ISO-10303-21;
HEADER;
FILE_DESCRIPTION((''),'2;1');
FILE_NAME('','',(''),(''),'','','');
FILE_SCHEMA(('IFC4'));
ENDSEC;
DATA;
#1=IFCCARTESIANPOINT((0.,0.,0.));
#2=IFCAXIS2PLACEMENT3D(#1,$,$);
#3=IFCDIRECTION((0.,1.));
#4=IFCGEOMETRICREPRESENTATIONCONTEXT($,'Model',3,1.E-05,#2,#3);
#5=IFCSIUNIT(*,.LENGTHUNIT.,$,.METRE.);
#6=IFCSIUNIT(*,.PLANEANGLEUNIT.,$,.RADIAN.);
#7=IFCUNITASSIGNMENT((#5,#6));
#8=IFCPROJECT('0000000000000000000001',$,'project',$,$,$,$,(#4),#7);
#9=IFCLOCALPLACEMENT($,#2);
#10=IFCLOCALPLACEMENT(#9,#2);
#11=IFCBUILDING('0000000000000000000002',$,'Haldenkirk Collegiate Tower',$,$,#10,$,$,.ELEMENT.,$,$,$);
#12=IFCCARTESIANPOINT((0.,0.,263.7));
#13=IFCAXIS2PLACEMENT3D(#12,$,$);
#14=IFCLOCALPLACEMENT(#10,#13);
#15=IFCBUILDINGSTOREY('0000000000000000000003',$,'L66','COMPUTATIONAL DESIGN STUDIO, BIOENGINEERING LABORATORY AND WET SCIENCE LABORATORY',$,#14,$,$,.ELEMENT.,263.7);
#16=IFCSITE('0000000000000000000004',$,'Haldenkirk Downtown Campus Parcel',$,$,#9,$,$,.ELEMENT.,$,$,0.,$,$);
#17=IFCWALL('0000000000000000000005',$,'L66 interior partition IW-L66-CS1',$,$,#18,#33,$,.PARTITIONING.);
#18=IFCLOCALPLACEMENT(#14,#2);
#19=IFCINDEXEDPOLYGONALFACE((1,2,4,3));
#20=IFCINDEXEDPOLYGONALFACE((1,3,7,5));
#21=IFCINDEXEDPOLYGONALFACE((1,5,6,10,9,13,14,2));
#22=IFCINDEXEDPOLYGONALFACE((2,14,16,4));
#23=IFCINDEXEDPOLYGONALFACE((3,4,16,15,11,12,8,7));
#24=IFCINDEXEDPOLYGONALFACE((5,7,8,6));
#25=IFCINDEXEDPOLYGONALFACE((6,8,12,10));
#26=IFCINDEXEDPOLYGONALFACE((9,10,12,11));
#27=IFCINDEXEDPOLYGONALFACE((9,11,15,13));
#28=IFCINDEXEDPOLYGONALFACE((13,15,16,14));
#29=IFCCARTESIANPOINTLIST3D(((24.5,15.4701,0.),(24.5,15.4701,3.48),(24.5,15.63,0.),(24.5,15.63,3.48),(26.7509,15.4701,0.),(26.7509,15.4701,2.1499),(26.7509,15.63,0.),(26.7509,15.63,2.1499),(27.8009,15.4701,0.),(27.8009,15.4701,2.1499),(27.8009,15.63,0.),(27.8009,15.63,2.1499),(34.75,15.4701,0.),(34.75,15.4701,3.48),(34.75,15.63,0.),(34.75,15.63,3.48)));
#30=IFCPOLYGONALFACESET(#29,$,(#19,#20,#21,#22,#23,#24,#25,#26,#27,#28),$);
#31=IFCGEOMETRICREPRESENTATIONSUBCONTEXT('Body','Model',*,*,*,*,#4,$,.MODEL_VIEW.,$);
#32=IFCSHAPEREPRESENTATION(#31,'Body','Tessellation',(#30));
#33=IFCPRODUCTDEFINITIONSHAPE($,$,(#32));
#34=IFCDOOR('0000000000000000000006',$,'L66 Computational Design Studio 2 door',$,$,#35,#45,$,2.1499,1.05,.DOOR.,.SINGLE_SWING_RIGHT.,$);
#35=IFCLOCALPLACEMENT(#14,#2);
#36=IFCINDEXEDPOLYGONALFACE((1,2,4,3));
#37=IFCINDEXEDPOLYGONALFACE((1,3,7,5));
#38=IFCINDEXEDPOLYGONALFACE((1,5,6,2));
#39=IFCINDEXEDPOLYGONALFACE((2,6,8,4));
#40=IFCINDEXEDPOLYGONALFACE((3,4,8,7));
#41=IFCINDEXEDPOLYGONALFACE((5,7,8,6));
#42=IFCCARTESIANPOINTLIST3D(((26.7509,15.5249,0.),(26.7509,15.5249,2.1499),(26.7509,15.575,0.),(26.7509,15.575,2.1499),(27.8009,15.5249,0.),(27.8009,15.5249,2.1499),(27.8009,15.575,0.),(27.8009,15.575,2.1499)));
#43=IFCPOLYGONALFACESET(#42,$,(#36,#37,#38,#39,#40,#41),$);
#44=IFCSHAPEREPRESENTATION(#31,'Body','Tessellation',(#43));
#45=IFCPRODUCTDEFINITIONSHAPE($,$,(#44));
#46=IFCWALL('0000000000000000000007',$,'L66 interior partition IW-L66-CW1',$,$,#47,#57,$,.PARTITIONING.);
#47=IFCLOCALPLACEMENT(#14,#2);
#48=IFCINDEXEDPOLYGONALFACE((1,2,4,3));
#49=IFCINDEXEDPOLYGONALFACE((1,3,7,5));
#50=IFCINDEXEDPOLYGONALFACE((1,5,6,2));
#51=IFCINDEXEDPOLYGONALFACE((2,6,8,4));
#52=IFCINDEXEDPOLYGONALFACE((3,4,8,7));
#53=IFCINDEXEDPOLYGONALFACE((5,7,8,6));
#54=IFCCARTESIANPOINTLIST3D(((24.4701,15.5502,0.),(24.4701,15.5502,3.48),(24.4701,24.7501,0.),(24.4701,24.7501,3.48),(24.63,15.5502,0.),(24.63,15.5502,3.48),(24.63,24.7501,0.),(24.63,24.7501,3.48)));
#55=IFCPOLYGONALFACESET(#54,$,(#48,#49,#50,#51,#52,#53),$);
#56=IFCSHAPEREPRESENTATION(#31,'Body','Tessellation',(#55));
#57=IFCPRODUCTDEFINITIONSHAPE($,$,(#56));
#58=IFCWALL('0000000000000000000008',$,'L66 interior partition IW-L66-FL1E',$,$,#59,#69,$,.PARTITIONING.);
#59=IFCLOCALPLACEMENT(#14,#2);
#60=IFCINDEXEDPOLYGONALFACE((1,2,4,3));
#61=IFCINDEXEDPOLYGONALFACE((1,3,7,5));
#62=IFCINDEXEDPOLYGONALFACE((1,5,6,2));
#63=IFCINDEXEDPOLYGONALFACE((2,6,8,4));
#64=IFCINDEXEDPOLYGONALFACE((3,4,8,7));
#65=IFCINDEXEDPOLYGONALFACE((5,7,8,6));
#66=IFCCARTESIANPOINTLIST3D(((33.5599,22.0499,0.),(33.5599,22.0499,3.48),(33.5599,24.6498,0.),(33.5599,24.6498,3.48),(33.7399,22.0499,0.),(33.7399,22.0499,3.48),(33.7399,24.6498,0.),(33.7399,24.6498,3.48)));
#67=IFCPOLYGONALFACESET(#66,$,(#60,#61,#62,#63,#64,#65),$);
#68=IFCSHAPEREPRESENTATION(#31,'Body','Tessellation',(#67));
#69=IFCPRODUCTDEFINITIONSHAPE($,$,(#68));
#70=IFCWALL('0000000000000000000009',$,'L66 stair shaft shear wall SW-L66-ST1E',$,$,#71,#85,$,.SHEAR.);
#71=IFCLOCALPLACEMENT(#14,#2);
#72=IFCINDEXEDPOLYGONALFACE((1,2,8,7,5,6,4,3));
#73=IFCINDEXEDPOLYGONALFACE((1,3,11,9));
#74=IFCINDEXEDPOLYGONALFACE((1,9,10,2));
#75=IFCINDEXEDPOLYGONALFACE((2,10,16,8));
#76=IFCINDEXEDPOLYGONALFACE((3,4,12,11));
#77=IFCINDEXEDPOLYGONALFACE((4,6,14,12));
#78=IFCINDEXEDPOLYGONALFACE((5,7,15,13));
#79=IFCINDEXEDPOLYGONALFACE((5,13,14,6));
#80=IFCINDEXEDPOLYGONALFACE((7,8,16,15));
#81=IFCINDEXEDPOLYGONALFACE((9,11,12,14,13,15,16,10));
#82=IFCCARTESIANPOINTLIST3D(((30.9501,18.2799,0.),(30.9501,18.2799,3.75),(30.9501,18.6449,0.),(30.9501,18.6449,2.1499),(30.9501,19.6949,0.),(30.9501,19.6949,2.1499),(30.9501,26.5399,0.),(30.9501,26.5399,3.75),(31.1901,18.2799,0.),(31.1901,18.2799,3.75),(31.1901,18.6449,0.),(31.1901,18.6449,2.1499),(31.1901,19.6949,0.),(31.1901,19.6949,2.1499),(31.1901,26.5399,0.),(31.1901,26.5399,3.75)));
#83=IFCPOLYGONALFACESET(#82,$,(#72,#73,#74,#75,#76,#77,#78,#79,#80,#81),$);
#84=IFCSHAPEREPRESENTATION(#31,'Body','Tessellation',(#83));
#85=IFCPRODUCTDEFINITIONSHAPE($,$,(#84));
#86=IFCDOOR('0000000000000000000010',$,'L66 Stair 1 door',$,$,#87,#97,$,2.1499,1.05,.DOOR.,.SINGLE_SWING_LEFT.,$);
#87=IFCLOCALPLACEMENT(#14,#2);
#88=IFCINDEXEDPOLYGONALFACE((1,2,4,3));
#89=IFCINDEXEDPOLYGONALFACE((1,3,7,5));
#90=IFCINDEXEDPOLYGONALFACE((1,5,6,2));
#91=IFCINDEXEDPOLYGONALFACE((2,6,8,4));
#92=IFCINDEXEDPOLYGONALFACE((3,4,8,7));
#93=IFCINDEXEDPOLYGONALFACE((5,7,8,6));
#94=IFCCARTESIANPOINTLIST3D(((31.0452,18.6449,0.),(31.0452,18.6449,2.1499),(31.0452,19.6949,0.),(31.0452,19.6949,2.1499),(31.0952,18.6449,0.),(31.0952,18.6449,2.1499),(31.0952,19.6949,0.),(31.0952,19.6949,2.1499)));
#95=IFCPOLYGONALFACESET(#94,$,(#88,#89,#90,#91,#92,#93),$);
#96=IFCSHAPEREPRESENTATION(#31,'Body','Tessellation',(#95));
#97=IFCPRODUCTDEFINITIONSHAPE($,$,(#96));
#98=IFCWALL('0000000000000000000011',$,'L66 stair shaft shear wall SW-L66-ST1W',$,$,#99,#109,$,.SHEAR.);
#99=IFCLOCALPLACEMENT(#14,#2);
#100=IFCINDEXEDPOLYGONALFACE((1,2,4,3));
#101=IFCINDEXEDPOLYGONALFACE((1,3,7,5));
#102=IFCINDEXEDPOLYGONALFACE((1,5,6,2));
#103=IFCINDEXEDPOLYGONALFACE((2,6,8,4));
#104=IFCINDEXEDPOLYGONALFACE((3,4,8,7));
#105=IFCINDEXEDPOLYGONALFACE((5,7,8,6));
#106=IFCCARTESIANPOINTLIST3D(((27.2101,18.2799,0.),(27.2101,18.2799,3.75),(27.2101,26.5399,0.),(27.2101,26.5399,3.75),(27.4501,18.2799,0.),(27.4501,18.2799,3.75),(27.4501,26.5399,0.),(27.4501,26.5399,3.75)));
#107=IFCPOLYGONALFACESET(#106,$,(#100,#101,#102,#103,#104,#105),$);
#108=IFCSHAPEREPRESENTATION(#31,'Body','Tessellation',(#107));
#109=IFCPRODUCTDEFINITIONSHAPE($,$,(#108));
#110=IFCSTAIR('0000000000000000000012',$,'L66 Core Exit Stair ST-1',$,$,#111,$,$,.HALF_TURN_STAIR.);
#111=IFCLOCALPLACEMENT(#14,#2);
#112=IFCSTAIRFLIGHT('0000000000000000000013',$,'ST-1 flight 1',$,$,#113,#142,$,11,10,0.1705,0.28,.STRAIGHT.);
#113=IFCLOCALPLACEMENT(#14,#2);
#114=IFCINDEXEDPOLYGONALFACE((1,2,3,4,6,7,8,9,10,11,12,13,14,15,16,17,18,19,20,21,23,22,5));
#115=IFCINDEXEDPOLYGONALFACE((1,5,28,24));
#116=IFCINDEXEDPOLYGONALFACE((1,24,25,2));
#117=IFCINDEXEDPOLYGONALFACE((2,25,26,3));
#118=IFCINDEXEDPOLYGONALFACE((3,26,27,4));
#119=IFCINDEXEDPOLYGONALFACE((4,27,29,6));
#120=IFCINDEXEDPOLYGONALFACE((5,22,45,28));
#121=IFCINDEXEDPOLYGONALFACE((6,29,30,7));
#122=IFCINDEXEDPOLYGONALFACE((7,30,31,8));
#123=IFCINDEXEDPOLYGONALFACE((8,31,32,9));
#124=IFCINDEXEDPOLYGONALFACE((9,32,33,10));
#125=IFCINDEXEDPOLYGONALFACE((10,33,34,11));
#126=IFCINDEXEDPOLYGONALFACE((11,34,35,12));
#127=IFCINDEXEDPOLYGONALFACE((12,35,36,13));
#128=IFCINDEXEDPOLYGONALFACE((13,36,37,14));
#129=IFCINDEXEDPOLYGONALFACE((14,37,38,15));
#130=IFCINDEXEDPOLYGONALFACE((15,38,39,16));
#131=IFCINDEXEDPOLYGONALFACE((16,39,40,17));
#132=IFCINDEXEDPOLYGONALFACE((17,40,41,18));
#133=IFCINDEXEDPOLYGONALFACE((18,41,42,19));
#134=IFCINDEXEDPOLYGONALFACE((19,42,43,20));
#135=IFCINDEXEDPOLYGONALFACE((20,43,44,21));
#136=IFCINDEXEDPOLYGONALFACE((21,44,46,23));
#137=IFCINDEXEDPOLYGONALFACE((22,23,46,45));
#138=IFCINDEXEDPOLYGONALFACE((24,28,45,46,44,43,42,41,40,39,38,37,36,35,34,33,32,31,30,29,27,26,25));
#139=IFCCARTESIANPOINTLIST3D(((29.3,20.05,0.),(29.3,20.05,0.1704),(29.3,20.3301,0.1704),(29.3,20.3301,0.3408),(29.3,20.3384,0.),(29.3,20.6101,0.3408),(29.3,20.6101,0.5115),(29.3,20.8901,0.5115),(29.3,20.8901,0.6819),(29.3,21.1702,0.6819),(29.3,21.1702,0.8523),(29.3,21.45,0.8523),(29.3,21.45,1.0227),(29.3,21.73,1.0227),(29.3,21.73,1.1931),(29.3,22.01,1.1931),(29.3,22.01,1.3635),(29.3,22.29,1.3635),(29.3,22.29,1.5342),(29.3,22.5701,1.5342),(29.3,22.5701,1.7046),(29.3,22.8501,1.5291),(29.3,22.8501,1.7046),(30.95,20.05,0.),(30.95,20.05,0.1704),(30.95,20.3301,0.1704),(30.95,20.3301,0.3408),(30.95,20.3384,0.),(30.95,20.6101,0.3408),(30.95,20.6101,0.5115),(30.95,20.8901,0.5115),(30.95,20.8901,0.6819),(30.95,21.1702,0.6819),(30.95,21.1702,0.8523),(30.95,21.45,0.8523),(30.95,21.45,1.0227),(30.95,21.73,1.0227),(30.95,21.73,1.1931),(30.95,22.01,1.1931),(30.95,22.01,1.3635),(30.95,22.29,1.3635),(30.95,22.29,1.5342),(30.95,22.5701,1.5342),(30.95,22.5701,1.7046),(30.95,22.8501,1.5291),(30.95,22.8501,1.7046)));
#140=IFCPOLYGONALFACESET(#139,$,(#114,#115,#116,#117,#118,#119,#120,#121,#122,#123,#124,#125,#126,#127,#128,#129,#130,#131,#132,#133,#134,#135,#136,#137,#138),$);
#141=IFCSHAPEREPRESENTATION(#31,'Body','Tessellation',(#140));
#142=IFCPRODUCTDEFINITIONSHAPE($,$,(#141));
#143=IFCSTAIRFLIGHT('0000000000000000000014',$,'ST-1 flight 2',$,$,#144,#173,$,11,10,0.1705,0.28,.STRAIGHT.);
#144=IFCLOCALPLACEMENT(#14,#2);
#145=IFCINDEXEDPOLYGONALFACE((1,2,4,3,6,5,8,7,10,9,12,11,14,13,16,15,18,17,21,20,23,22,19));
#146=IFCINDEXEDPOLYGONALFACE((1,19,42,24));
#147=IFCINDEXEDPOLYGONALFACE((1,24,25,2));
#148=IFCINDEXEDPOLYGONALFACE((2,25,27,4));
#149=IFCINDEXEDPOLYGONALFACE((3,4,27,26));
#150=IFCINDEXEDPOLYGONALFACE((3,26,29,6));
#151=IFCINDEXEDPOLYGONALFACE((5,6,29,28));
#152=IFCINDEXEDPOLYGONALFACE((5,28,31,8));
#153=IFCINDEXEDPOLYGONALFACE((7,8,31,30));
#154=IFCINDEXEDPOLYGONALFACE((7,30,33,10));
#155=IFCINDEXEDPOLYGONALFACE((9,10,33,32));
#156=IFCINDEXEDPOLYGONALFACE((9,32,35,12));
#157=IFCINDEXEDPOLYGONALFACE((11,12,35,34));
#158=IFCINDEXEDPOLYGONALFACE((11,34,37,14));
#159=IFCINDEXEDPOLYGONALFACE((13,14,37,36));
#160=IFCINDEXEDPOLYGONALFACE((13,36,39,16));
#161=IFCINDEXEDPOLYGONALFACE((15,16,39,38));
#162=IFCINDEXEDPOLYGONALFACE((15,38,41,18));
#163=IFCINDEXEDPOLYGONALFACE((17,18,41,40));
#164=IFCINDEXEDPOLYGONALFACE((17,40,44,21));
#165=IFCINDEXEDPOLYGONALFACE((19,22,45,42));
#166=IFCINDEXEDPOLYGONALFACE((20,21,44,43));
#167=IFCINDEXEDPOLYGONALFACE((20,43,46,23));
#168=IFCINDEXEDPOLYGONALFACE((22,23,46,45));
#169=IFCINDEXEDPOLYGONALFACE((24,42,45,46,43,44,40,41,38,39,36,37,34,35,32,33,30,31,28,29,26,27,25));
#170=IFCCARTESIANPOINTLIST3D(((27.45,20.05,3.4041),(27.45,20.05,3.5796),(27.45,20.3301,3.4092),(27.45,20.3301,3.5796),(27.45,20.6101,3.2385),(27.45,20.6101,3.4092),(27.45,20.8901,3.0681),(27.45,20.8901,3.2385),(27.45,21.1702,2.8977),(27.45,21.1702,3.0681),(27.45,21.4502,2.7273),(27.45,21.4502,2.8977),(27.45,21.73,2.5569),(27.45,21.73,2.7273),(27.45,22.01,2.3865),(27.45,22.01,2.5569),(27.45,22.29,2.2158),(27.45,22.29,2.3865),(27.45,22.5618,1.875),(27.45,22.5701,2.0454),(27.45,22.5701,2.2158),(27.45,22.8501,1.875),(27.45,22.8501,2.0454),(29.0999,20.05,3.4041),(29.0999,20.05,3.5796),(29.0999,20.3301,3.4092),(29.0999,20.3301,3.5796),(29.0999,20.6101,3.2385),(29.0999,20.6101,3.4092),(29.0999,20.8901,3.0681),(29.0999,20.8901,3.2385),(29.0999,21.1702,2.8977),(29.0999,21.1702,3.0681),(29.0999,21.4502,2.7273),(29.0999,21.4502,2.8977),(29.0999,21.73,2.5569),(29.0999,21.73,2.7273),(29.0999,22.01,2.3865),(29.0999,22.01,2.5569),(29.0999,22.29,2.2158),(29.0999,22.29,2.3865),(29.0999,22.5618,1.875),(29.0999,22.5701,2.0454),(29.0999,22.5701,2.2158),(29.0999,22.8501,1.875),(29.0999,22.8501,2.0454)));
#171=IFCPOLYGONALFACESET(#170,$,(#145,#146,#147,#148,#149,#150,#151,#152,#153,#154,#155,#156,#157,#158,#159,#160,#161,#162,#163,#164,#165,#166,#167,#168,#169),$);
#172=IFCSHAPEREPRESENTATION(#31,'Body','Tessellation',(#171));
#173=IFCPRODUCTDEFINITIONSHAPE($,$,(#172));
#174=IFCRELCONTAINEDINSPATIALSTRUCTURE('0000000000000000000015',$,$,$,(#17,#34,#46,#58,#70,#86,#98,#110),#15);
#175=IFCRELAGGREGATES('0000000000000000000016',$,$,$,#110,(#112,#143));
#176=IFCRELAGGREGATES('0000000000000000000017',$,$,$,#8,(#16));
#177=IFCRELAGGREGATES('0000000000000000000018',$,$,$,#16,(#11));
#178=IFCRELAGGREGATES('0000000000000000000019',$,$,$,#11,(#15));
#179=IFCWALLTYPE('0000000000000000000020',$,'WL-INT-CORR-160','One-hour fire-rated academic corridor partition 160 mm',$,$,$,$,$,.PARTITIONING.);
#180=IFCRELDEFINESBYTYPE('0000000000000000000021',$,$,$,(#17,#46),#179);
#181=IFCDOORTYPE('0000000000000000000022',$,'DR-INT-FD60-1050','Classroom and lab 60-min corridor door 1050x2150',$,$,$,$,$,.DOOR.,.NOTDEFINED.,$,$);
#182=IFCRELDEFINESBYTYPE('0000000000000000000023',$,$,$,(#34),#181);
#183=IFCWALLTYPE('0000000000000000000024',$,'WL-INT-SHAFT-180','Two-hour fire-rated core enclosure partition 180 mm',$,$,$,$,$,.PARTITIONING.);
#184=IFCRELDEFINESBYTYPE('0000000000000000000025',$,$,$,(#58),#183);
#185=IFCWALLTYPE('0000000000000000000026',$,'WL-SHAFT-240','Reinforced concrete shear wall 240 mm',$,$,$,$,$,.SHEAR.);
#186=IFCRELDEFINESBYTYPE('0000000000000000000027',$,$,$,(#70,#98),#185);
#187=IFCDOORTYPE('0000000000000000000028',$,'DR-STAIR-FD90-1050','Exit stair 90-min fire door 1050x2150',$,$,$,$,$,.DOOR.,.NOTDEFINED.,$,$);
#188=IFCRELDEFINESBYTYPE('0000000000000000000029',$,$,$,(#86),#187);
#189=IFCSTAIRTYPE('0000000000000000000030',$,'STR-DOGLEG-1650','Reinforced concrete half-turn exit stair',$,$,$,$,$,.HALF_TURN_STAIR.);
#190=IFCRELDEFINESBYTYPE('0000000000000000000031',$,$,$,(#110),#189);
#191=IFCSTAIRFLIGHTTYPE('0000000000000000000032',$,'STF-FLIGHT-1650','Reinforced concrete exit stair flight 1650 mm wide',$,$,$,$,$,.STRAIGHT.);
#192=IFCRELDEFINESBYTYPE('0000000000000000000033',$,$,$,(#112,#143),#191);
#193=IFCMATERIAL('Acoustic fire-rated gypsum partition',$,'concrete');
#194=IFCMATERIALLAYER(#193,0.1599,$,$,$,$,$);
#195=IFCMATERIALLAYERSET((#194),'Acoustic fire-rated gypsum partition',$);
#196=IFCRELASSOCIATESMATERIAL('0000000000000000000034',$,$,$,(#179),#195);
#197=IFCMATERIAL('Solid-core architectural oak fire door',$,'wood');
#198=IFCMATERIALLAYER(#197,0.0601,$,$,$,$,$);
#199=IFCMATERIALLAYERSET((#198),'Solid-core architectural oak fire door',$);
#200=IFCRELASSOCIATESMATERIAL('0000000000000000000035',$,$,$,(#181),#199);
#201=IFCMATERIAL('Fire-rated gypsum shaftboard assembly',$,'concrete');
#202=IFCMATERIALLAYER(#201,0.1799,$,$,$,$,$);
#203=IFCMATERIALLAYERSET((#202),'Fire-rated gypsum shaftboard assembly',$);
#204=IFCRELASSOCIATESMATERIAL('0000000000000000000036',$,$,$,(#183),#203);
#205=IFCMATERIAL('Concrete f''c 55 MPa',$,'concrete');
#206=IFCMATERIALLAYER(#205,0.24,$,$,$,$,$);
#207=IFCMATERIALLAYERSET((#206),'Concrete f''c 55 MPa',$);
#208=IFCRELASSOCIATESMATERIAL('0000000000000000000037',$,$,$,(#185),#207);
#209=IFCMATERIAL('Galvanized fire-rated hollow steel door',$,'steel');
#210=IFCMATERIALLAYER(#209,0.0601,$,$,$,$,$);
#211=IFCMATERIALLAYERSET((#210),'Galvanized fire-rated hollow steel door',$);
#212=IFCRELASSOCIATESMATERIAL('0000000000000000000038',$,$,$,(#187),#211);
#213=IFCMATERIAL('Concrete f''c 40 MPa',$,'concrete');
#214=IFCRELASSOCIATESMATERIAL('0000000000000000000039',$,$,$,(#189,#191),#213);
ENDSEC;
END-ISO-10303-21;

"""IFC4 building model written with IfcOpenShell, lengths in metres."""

from ifc_helpers import new_model, si_unit, direction, frame, frame_2d, origin, place, context, subcontext, project, spatial, polyline, rectangle, outline, extrude, material, layer, layer_set, type_object, element, fill, aggregate, save


model = new_model("IFC4")

# Units and contexts
model_context = context("Model", 3, precision=1e-05, world=origin(), true_north=direction((0.0, 1.0)))
body_context = subcontext(model_context, "Body", "Model", "MODEL_VIEW")
ifc_project = project(units=[si_unit("LENGTHUNIT", "METRE"), si_unit("PLANEANGLEUNIT", "RADIAN")], contexts=[model_context])

# Site, building, storey
site_placement = place(None, origin())
site = spatial("IfcSite", under=ifc_project, at=site_placement, Name="Haldenkirk Downtown Campus Parcel", CompositionType="ELEMENT", RefElevation=0.0)
building_placement = place(site_placement, origin())
building = spatial("IfcBuilding", under=site, at=building_placement, Name="Haldenkirk Collegiate Tower", CompositionType="ELEMENT")
storey_placement = place(building_placement, frame((0.0, 0.0, 263.7)))
storey = spatial("IfcBuildingStorey", under=building, at=storey_placement, Name="L66", Description="COMPUTATIONAL DESIGN STUDIO, BIOENGINEERING LABORATORY AND WET SCIENCE LABORATORY", CompositionType="ELEMENT", Elevation=263.7)

# Shared definitions
ifc_material_1 = material(Name="Concrete f'c 55 MPa", Category="concrete")
ifc_material_2 = material(Name="Galvanized fire-rated hollow steel door", Category="steel")

# Wall, opening, door
ifc_material_3 = material(Name="Acoustic fire-rated gypsum partition", Category="concrete")
ifc_layer_1 = layer(ifc_material_3, 0.1599)
ifc_layer_set_1 = layer_set([ifc_layer_1], Name="Acoustic fire-rated gypsum partition")
wall_type_1 = type_object("IfcWallType", Name="WL-INT-CORR-160", Description="One-hour fire-rated academic corridor partition 160 mm", PredefinedType="PARTITIONING", material=ifc_layer_set_1)
wall_1_placement = place(storey_placement, frame((24.5, 15.55, 0.0), z_axis=(0.0, 0.0, 1.0), x_axis=(1.0, 0.0, 0.0)))
wall_1 = element("IfcWall", 1, at=wall_1_placement, inside=storey, type_object=wall_type_1, Name="L66 interior partition IW-L66-CS1", PredefinedType="PARTITIONING", context=body_context, shape_type="SweptSolid", body=[
    extrude(rectangle(XDim=10.25, YDim=0.1599, at=frame_2d((5.125, 0.0))), origin(), (0.0, 0.0, 1.0), 3.48),
])
opening_1_placement = place(wall_1_placement, frame((2.251, 0.0, 0.0)))
opening_1 = element("IfcOpeningElement", 2, at=opening_1_placement, cuts=wall_1, PredefinedType="OPENING", context=body_context, shape_type="SweptSolid", body=[
    extrude(rectangle(XDim=1.05, YDim=2.1499, at=frame_2d((0.5249, 1.075))), frame((0.0, 0.0898, 0.0), z_axis=(0.0, -1.0, 0.0), x_axis=(1.0, 0.0, 0.0)), (0.0, 0.0, 1.0), 0.1799),
])
ifc_material_4 = material(Name="Solid-core architectural oak fire door", Category="wood")
ifc_layer_2 = layer(ifc_material_4, 0.0601)
ifc_layer_set_2 = layer_set([ifc_layer_2], Name="Solid-core architectural oak fire door")
door_type_1 = type_object("IfcDoorType", Name="DR-INT-FD60-1050", Description="Classroom and lab 60-min corridor door 1050x2150", OperationType="NOTDEFINED", PredefinedType="DOOR", material=ifc_layer_set_2)
door_1_placement = place(opening_1_placement, origin())
door_1 = element("IfcDoor", 3, at=door_1_placement, inside=storey, type_object=door_type_1, Name="L66 Computational Design Studio 2 door", OperationType="SINGLE_SWING_RIGHT", OverallHeight=2.1499, OverallWidth=1.05, PredefinedType="DOOR", context=body_context, shape_type="SweptSolid", body=[
    extrude(rectangle(XDim=1.05, YDim=2.1499, at=frame_2d((0.5249, 1.075))), frame((0.0, 0.0249, 0.0), z_axis=(0.0, -1.0, 0.0), x_axis=(1.0, 0.0, 0.0)), (0.0, 0.0, 1.0), 0.05),
])
fill(opening_1, door_1)

# Walls
wall_2_placement = place(storey_placement, frame((24.55, 15.55, 0.0), z_axis=(0.0, 0.0, 1.0), x_axis=(0.0, 1.0, 0.0)))
element("IfcWall", 4, at=wall_2_placement, inside=storey, type_object=wall_type_1, Name="L66 interior partition IW-L66-CW1", PredefinedType="PARTITIONING", context=body_context, shape_type="SweptSolid", body=[
    extrude(rectangle(XDim=9.2, YDim=0.1599, at=frame_2d((4.6001, 0.0))), origin(), (0.0, 0.0, 1.0), 3.48),
])
ifc_material_5 = material(Name="Fire-rated gypsum shaftboard assembly", Category="concrete")
ifc_layer_3 = layer(ifc_material_5, 0.1799)
ifc_layer_set_3 = layer_set([ifc_layer_3], Name="Fire-rated gypsum shaftboard assembly")
wall_type_2 = type_object("IfcWallType", Name="WL-INT-SHAFT-180", Description="Two-hour fire-rated core enclosure partition 180 mm", PredefinedType="PARTITIONING", material=ifc_layer_set_3)
wall_3_placement = place(storey_placement, frame((33.6499, 22.05, 0.0), z_axis=(0.0, 0.0, 1.0), x_axis=(0.0, 1.0, 0.0)))
element("IfcWall", 5, at=wall_3_placement, inside=storey, type_object=wall_type_2, Name="L66 interior partition IW-L66-FL1E", PredefinedType="PARTITIONING", context=body_context, shape_type="SweptSolid", body=[
    extrude(rectangle(XDim=2.5999, YDim=0.1799, at=frame_2d((1.2998, 0.0))), origin(), (0.0, 0.0, 1.0), 3.48),
])

# Wall, opening, door
ifc_layer_4 = layer(ifc_material_1, 0.24)
ifc_layer_set_4 = layer_set([ifc_layer_4], Name="Concrete f'c 55 MPa")
wall_type_3 = type_object("IfcWallType", Name="WL-SHAFT-240", Description="Reinforced concrete shear wall 240 mm", PredefinedType="SHEAR", material=ifc_layer_set_4)
wall_4_placement = place(storey_placement, frame((31.0701, 18.28, 0.0), z_axis=(0.0, 0.0, 1.0), x_axis=(0.0, 1.0, 0.0)))
wall_4 = element("IfcWall", 6, at=wall_4_placement, inside=storey, type_object=wall_type_3, Name="L66 stair shaft shear wall SW-L66-ST1E", PredefinedType="SHEAR", context=body_context, shape_type="SweptSolid", body=[
    extrude(rectangle(XDim=8.26, YDim=0.24, at=frame_2d((4.1299, 0.0))), origin(), (0.0, 0.0, 1.0), 3.75),
])
opening_2_placement = place(wall_4_placement, frame((0.365, 0.0, 0.0)))
opening_2 = element("IfcOpeningElement", 7, at=opening_2_placement, cuts=wall_4, PredefinedType="OPENING", context=body_context, shape_type="SweptSolid", body=[
    extrude(rectangle(XDim=1.05, YDim=2.1499, at=frame_2d((0.5249, 1.075))), frame((0.0, 0.1299, 0.0), z_axis=(0.0, -1.0, 0.0), x_axis=(1.0, 0.0, 0.0)), (0.0, 0.0, 1.0), 0.26),
])
ifc_layer_5 = layer(ifc_material_2, 0.0601)
ifc_layer_set_5 = layer_set([ifc_layer_5], Name="Galvanized fire-rated hollow steel door")
door_type_2 = type_object("IfcDoorType", Name="DR-STAIR-FD90-1050", Description="Exit stair 90-min fire door 1050x2150", OperationType="NOTDEFINED", PredefinedType="DOOR", material=ifc_layer_set_5)
door_2_placement = place(opening_2_placement, origin())
door_2 = element("IfcDoor", 8, at=door_2_placement, inside=storey, type_object=door_type_2, Name="L66 Stair 1 door", OperationType="SINGLE_SWING_LEFT", OverallHeight=2.1499, OverallWidth=1.05, PredefinedType="DOOR", context=body_context, shape_type="SweptSolid", body=[
    extrude(rectangle(XDim=1.05, YDim=2.1499, at=frame_2d((0.5249, 1.075))), frame((0.0, 0.0249, 0.0), z_axis=(0.0, -1.0, 0.0), x_axis=(1.0, 0.0, 0.0)), (0.0, 0.0, 1.0), 0.05),
])
fill(opening_2, door_2)

# Wall
wall_5_placement = place(storey_placement, frame((27.3301, 18.28, 0.0), z_axis=(0.0, 0.0, 1.0), x_axis=(0.0, 1.0, 0.0)))
element("IfcWall", 9, at=wall_5_placement, inside=storey, type_object=wall_type_3, Name="L66 stair shaft shear wall SW-L66-ST1W", PredefinedType="SHEAR", context=body_context, shape_type="SweptSolid", body=[
    extrude(rectangle(XDim=8.26, YDim=0.24, at=frame_2d((4.1299, 0.0))), origin(), (0.0, 0.0, 1.0), 3.75),
])

# Stair, stair flights
ifc_material_6 = material(Name="Concrete f'c 40 MPa", Category="concrete")
stair_type = type_object("IfcStairType", Name="STR-DOGLEG-1650", Description="Reinforced concrete half-turn exit stair", PredefinedType="HALF_TURN_STAIR", material=ifc_material_6)
stair_placement = place(storey_placement, origin())
stair = element("IfcStair", 10, at=stair_placement, inside=storey, type_object=stair_type, Name="L66 Core Exit Stair ST-1", PredefinedType="HALF_TURN_STAIR")
stair_flight_type = type_object("IfcStairFlightType", Name="STF-FLIGHT-1650", Description="Reinforced concrete exit stair flight 1650 mm wide", PredefinedType="STRAIGHT", material=ifc_material_6)
stair_flight_1_placement = place(storey_placement, frame((30.125, 20.05, 0.0), z_axis=(0.0, 0.0, 1.0), x_axis=(0.0, 1.0, 0.0)))
stair_flight_1 = element("IfcStairFlight", 11, at=stair_flight_1_placement, type_object=stair_flight_type, Name="ST-1 flight 1", NumberOfRisers=11, NumberOfTreads=10, PredefinedType="STRAIGHT", RiserHeight=0.1705, TreadLength=0.28, context=body_context, shape_type="SweptSolid", body=[
    extrude(outline(polyline([(0.0, 0.0), (0.0, 0.1704), (0.28, 0.1704), (0.28, 0.3408), (0.5601, 0.3408), (0.5601, 0.5115), (0.8401, 0.5115), (0.8401, 0.6819), (1.1201, 0.6819), (1.1201, 0.8523), (1.3999, 0.8523), (1.3999, 1.0227), (1.6799, 1.0227), (1.6799, 1.1931), (1.96, 1.1931), (1.96, 1.3635), (2.24, 1.3635), (2.24, 1.5342), (2.52, 1.5342), (2.52, 1.7046), (2.8, 1.7046), (2.8, 1.875), (2.8, 1.5291), (0.2883, 0.0), (0.0, 0.0)])), frame((0.0, 0.825, 0.0), z_axis=(0.0, -1.0, 0.0), x_axis=(1.0, 0.0, 0.0)), (0.0, 0.0, 1.0), 1.6499),
])
stair_flight_2_placement = place(storey_placement, frame((28.2749, 22.8501, 1.875), z_axis=(0.0, 0.0, 1.0), x_axis=(0.0, -1.0, 0.0)))
stair_flight_2 = element("IfcStairFlight", 12, at=stair_flight_2_placement, type_object=stair_flight_type, Name="ST-1 flight 2", NumberOfRisers=11, NumberOfTreads=10, PredefinedType="STRAIGHT", RiserHeight=0.1705, TreadLength=0.28, context=body_context, shape_type="SweptSolid", body=[
    extrude(outline(polyline([(0.0, 0.0), (0.0, 0.1704), (0.28, 0.1704), (0.28, 0.3408), (0.5601, 0.3408), (0.5601, 0.5115), (0.8401, 0.5115), (0.8401, 0.6819), (1.1201, 0.6819), (1.1201, 0.8523), (1.3999, 0.8523), (1.3999, 1.0227), (1.6799, 1.0227), (1.6799, 1.1931), (1.96, 1.1931), (1.96, 1.3635), (2.24, 1.3635), (2.24, 1.5342), (2.52, 1.5342), (2.52, 1.7046), (2.8, 1.7046), (2.8, 1.875), (2.8, 1.5291), (0.2883, 0.0), (0.0, 0.0)])), frame((0.0, 0.825, 0.0), z_axis=(0.0, -1.0, 0.0), x_axis=(1.0, 0.0, 0.0)), (0.0, 0.0, 1.0), 1.6499),
])
aggregate(stair, [stair_flight_1, stair_flight_2])

save(model, "model.ifc")
